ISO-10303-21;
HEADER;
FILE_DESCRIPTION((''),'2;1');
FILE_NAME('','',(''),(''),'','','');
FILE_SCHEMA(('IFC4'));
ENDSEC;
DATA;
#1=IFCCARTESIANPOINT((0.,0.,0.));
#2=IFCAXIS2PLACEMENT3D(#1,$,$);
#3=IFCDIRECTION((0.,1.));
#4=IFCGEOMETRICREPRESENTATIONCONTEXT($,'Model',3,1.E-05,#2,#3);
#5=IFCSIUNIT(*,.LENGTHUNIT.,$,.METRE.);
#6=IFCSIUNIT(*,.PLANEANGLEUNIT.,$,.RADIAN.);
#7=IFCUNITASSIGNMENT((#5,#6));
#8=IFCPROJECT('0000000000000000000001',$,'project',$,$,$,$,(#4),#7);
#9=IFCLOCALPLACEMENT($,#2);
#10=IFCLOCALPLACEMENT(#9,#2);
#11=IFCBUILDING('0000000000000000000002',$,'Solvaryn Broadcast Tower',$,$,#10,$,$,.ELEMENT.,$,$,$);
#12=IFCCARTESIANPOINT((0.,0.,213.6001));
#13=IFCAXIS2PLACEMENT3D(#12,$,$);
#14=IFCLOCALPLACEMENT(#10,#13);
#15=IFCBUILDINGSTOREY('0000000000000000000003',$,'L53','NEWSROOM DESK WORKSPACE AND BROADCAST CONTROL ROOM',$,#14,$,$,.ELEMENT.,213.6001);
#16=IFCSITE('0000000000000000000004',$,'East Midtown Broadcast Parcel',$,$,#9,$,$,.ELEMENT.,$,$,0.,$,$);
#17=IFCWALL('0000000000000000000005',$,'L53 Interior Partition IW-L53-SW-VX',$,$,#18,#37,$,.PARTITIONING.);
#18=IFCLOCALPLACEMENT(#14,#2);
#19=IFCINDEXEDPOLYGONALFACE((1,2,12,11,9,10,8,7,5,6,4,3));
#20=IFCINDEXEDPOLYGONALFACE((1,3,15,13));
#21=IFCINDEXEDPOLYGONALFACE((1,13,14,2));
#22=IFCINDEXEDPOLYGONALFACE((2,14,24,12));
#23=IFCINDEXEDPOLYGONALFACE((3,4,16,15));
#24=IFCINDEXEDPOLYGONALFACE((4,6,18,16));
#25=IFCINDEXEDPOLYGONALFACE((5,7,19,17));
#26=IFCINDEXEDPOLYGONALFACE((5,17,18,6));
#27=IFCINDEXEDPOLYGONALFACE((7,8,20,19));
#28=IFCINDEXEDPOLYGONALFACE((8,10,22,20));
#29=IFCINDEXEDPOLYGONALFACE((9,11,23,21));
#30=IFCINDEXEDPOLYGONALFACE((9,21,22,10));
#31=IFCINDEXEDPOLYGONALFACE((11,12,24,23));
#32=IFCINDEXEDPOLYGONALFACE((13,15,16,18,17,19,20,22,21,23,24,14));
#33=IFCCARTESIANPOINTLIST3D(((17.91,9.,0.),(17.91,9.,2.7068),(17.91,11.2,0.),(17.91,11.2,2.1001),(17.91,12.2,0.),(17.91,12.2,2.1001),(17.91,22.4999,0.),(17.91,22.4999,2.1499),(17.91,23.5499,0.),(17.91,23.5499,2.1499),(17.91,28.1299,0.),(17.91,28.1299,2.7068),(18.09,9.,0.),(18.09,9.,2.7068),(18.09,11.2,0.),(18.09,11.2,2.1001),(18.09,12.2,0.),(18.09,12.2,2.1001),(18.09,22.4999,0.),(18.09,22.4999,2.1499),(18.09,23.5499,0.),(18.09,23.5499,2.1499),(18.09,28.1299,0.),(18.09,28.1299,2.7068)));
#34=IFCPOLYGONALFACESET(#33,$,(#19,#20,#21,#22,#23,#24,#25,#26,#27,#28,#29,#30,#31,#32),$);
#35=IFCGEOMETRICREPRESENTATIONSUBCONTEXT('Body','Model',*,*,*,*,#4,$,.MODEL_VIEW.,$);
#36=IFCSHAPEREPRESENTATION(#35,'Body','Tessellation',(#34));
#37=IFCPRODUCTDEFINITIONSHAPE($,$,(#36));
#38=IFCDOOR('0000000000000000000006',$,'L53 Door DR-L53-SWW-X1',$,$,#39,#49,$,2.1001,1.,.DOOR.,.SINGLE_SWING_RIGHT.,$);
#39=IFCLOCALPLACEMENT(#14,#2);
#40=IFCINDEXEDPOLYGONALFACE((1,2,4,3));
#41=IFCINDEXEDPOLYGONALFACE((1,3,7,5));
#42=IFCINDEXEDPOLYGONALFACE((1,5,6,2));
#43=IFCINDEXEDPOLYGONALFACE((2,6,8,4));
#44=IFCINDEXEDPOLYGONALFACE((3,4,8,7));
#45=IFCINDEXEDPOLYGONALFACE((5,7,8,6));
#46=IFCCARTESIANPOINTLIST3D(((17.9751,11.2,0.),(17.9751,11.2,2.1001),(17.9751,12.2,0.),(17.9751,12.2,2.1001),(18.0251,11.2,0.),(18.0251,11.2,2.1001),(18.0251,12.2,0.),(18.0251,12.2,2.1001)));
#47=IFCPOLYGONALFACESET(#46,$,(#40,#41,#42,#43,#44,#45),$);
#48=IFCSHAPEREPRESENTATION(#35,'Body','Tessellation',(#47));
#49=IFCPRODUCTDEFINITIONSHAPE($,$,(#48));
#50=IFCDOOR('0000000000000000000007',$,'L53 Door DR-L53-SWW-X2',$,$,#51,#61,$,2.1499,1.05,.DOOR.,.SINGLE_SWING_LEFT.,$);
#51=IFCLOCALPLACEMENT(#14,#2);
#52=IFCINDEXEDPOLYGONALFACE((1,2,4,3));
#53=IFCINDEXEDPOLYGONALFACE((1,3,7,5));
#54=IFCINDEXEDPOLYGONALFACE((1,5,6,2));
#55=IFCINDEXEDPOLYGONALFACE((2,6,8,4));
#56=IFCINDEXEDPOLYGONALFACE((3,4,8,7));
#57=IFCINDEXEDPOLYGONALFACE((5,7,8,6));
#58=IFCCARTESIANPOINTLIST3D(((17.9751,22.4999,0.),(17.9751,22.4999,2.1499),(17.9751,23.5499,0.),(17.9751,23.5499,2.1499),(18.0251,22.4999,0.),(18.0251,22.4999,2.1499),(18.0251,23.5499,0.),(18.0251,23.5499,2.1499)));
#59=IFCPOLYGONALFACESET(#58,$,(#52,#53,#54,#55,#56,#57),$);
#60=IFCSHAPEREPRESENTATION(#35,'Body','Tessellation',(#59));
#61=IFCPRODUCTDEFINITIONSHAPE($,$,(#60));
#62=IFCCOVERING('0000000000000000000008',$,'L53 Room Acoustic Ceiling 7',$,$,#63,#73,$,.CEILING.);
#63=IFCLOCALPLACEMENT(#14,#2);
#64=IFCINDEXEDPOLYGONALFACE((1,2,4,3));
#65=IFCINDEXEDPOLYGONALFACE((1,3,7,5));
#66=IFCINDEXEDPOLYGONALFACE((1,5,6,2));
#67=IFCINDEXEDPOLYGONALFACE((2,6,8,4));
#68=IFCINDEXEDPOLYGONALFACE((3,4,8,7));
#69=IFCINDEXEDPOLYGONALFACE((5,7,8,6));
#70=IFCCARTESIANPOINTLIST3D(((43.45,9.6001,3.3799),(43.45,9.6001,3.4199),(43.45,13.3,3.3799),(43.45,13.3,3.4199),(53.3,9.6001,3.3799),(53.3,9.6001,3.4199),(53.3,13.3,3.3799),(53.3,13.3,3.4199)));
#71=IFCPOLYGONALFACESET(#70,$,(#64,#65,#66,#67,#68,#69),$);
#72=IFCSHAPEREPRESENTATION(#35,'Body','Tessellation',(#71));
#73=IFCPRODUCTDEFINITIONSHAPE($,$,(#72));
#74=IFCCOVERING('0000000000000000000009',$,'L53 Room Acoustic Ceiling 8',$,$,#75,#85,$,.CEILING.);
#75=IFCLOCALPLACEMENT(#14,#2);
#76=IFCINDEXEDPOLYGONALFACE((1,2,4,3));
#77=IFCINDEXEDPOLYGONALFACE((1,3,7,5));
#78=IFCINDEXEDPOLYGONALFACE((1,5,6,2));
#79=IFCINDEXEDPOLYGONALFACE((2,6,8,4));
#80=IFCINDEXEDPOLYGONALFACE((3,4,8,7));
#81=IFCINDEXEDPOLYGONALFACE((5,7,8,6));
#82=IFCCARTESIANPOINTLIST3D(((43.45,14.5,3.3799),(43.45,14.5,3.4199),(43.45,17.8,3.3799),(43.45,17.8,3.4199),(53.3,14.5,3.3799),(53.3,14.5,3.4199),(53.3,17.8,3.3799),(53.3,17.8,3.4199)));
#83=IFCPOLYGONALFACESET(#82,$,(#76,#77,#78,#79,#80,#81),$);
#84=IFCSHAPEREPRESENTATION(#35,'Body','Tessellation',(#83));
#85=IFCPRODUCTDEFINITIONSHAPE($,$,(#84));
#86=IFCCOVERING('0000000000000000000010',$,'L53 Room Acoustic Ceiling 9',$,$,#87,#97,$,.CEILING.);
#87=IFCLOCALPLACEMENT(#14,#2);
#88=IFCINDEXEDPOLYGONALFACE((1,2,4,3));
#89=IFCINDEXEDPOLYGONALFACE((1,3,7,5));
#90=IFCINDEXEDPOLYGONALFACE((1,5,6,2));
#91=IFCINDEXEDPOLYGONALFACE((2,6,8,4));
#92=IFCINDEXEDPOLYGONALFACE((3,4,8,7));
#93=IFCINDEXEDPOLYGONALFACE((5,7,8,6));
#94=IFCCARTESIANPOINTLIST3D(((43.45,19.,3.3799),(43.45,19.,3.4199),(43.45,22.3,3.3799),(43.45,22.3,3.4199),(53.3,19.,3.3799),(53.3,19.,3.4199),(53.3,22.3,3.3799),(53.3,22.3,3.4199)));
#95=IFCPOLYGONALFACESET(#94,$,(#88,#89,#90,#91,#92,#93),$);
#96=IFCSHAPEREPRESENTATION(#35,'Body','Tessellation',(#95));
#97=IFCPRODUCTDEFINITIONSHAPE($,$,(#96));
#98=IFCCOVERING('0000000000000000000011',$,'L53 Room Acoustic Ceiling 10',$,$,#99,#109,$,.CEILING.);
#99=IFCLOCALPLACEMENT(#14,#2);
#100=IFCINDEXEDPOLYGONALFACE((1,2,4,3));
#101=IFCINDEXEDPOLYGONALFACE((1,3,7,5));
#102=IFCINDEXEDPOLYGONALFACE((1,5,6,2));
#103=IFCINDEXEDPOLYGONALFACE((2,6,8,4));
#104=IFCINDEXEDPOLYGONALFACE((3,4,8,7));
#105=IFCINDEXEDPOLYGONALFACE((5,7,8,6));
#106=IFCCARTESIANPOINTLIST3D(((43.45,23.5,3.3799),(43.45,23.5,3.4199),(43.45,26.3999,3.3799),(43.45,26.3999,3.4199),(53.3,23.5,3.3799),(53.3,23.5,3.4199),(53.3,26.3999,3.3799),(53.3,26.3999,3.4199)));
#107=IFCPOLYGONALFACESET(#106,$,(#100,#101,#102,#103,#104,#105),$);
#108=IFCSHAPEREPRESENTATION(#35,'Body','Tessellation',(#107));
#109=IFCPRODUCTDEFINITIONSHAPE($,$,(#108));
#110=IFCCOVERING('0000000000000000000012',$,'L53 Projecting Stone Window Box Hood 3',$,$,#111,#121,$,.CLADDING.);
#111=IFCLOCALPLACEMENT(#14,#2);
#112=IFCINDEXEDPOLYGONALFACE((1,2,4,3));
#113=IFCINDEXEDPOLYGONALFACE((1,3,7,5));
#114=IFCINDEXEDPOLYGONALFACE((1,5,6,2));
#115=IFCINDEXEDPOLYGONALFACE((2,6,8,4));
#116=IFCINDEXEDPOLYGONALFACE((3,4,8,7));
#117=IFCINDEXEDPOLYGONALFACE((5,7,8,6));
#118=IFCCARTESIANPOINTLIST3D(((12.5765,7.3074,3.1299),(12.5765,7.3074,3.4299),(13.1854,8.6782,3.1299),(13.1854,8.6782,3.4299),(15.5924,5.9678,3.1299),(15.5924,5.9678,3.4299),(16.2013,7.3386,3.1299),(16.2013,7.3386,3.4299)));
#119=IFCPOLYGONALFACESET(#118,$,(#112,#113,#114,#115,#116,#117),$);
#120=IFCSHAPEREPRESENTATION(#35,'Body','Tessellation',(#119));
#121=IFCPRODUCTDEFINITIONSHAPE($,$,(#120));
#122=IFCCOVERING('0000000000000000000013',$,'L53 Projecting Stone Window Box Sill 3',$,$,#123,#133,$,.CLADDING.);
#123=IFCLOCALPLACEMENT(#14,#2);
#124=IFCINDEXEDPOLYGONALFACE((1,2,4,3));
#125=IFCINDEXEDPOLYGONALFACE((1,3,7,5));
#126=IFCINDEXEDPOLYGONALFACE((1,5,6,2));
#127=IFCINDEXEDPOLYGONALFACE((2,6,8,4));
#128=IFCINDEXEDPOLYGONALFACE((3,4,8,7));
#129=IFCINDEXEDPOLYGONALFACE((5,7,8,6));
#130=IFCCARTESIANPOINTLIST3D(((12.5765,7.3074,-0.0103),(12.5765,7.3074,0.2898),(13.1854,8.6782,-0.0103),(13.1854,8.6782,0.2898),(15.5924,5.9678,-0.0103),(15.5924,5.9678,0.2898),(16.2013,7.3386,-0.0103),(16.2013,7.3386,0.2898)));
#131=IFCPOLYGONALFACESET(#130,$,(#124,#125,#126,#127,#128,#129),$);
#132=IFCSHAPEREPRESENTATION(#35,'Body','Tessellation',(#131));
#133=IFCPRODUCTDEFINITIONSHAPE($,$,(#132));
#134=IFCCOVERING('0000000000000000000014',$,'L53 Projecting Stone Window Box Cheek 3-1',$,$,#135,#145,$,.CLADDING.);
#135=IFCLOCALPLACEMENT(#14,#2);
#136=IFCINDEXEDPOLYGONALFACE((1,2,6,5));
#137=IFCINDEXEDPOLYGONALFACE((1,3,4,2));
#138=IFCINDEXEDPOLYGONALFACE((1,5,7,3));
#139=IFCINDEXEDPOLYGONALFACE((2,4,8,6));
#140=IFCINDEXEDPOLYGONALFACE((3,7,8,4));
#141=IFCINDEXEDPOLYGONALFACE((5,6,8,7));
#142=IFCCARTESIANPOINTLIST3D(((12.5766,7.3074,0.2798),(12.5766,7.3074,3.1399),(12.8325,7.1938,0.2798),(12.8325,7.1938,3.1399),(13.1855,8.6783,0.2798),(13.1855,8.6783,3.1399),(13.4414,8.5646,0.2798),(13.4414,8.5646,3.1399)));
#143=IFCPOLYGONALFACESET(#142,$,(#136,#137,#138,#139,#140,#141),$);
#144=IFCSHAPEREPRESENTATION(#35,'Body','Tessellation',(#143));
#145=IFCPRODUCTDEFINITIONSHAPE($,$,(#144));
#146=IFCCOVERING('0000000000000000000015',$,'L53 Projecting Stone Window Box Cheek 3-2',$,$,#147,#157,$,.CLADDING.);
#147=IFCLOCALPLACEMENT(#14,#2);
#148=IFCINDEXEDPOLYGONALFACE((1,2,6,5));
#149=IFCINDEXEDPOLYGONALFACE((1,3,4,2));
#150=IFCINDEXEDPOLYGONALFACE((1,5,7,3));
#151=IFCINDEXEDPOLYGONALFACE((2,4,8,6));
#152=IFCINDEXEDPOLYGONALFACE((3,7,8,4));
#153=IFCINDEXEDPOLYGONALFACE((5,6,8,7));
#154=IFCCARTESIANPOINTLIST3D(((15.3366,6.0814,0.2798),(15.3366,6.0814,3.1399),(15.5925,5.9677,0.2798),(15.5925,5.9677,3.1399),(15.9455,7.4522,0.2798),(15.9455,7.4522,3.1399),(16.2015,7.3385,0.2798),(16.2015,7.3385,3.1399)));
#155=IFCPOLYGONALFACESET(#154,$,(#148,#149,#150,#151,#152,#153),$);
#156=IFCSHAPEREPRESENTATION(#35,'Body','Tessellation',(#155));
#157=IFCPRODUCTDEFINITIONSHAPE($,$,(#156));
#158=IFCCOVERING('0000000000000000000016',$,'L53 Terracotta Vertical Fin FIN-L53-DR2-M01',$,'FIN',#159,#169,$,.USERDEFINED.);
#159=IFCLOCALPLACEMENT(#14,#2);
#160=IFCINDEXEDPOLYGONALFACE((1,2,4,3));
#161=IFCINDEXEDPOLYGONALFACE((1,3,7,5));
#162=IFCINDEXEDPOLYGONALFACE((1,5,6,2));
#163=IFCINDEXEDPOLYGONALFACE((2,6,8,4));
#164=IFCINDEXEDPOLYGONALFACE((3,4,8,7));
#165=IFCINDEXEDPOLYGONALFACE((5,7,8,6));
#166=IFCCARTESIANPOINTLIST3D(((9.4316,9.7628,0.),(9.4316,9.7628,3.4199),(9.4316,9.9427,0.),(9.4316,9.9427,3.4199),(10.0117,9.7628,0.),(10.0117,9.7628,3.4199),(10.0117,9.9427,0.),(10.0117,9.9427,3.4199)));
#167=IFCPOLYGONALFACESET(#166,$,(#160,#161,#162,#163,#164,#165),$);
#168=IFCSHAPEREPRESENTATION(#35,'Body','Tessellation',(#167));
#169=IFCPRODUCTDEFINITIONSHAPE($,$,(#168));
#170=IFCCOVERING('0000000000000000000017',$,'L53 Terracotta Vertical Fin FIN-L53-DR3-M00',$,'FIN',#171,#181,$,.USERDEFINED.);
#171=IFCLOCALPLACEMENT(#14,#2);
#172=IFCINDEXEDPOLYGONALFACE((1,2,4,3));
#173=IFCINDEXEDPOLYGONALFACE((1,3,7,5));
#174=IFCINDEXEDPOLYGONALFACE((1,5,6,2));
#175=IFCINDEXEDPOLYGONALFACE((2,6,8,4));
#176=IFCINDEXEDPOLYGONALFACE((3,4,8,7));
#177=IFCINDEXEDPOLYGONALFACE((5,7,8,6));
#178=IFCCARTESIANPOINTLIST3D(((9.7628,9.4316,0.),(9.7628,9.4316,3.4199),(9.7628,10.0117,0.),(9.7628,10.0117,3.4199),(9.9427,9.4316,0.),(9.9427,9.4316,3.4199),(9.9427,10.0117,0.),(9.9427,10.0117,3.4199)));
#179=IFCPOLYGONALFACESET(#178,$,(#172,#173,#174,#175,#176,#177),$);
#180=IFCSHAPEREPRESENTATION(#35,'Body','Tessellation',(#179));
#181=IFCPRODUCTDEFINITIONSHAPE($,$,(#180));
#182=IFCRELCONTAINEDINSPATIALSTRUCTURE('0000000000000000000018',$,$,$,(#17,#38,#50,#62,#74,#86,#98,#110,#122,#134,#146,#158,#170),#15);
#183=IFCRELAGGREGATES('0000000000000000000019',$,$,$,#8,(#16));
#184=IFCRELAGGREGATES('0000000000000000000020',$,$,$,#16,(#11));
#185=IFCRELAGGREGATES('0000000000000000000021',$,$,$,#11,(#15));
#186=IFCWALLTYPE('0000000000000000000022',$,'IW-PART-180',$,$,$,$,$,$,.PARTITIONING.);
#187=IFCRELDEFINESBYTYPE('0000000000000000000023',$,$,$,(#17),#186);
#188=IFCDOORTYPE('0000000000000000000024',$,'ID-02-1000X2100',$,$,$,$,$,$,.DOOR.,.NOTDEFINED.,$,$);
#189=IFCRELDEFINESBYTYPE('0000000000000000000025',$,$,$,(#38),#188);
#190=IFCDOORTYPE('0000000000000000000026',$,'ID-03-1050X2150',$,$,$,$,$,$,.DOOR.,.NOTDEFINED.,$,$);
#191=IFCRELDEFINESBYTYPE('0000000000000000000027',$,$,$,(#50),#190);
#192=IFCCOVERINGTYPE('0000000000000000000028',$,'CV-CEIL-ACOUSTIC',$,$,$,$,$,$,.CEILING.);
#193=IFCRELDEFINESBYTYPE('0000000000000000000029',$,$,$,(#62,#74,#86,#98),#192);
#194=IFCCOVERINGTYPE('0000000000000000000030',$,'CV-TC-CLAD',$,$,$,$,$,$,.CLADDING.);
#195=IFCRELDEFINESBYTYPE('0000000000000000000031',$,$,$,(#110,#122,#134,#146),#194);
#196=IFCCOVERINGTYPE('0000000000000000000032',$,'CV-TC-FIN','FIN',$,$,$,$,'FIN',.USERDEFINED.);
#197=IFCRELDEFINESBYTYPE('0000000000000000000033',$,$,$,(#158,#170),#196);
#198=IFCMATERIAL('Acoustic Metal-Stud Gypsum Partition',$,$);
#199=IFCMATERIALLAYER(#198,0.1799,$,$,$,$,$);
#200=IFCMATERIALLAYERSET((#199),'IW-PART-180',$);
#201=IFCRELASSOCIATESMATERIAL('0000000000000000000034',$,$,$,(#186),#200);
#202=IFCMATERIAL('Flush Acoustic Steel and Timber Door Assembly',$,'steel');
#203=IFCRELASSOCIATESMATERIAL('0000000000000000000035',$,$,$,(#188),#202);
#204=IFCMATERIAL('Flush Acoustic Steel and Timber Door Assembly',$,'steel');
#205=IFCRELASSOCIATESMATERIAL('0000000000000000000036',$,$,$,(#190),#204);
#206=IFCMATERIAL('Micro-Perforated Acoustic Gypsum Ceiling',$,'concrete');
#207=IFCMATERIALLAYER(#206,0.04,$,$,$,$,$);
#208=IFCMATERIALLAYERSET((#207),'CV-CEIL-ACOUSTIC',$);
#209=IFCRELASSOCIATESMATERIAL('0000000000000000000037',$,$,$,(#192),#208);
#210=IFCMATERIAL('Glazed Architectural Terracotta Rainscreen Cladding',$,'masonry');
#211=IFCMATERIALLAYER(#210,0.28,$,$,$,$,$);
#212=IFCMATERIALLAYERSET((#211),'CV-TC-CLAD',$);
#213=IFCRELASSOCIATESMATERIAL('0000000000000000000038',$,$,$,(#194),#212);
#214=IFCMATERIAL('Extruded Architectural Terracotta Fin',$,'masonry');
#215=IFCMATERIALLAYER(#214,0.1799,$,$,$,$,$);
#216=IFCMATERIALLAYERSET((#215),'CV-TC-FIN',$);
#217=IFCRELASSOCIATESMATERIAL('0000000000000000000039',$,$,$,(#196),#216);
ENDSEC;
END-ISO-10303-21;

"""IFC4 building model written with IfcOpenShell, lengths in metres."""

from ifc_helpers import new_model, si_unit, direction, frame, frame_2d, origin, origin_2d, place, context, subcontext, project, spatial, polyline, rectangle, outline, extrude, material, layer, layer_set, type_object, element, fill, save


model = new_model("IFC4")

# Units and contexts
model_context = context("Model", 3, precision=1e-05, world=origin(), true_north=direction((0.0, 1.0)))
body_context = subcontext(model_context, "Body", "Model", "MODEL_VIEW")
ifc_project = project(units=[si_unit("LENGTHUNIT", "METRE"), si_unit("PLANEANGLEUNIT", "RADIAN")], contexts=[model_context])

# Site, building, storey
site_placement = place(None, origin())
site = spatial("IfcSite", under=ifc_project, at=site_placement, Name="East Midtown Broadcast Parcel", CompositionType="ELEMENT", RefElevation=0.0)
building_placement = place(site_placement, origin())
building = spatial("IfcBuilding", under=site, at=building_placement, Name="Solvaryn Broadcast Tower", CompositionType="ELEMENT")
storey_placement = place(building_placement, frame((0.0, 0.0, 213.6001)))
storey = spatial("IfcBuildingStorey", under=building, at=storey_placement, Name="L53", Description="NEWSROOM DESK WORKSPACE AND BROADCAST CONTROL ROOM", CompositionType="ELEMENT", Elevation=213.6001)

# Wall, openings, doors
ifc_material_1 = material(Name="Acoustic Metal-Stud Gypsum Partition")
ifc_layer_1 = layer(ifc_material_1, 0.1799)
ifc_layer_set_1 = layer_set([ifc_layer_1], Name="IW-PART-180")
wall_type = type_object("IfcWallType", Name="IW-PART-180", PredefinedType="PARTITIONING", material=ifc_layer_set_1)
wall_placement = place(storey_placement, frame((18.0, 9.0, 0.0), z_axis=(0.0, 0.0, 1.0), x_axis=(0.0, 1.0, 0.0)))
wall = element("IfcWall", 1, at=wall_placement, inside=storey, type_object=wall_type, Name="L53 Interior Partition IW-L53-SW-VX", PredefinedType="PARTITIONING", context=body_context, shape_type="SweptSolid", body=[
    extrude(rectangle(XDim=19.1299, YDim=0.1799, at=frame_2d((9.5649, 0.0))), origin(), (0.0, 0.0, 1.0), 2.7068),
])
opening_1_placement = place(wall_placement, frame((2.2, 0.0, 0.0)))
opening_1 = element("IfcOpeningElement", 2, at=opening_1_placement, cuts=wall, PredefinedType="OPENING", context=body_context, shape_type="SweptSolid", body=[
    extrude(rectangle(XDim=1.0, YDim=2.1001, at=frame_2d((0.5, 1.05))), frame((0.0, 0.0999, 0.0), z_axis=(0.0, -1.0, 0.0), x_axis=(1.0, 0.0, 0.0)), (0.0, 0.0, 1.0), 0.2),
])
opening_2_placement = place(wall_placement, frame((13.5, 0.0, 0.0)))
opening_2 = element("IfcOpeningElement", 3, at=opening_2_placement, cuts=wall, PredefinedType="OPENING", context=body_context, shape_type="SweptSolid", body=[
    extrude(rectangle(XDim=1.05, YDim=2.1499, at=frame_2d((0.5249, 1.075))), frame((0.0, 0.0999, 0.0), z_axis=(0.0, -1.0, 0.0), x_axis=(1.0, 0.0, 0.0)), (0.0, 0.0, 1.0), 0.2),
])
ifc_material_2 = material(Name="Flush Acoustic Steel and Timber Door Assembly", Category="steel")
door_type_1 = type_object("IfcDoorType", Name="ID-02-1000X2100", OperationType="NOTDEFINED", PredefinedType="DOOR", material=ifc_material_2)
door_1_placement = place(opening_1_placement, origin())
door_1 = element("IfcDoor", 4, at=door_1_placement, inside=storey, type_object=door_type_1, Name="L53 Door DR-L53-SWW-X1", OperationType="SINGLE_SWING_RIGHT", OverallHeight=2.1001, OverallWidth=1.0, PredefinedType="DOOR", context=body_context, shape_type="SweptSolid", body=[
    extrude(rectangle(XDim=1.0, YDim=2.1001, at=frame_2d((0.5, 1.05))), frame((0.0, 0.0249, 0.0), z_axis=(0.0, -1.0, 0.0), x_axis=(1.0, 0.0, 0.0)), (0.0, 0.0, 1.0), 0.05),
])
fill(opening_1, door_1)
ifc_material_3 = material(Name="Flush Acoustic Steel and Timber Door Assembly", Category="steel")
door_type_2 = type_object("IfcDoorType", Name="ID-03-1050X2150", OperationType="NOTDEFINED", PredefinedType="DOOR", material=ifc_material_3)
door_2_placement = place(opening_2_placement, origin())
door_2 = element("IfcDoor", 5, at=door_2_placement, inside=storey, type_object=door_type_2, Name="L53 Door DR-L53-SWW-X2", OperationType="SINGLE_SWING_LEFT", OverallHeight=2.1499, OverallWidth=1.05, PredefinedType="DOOR", context=body_context, shape_type="SweptSolid", body=[
    extrude(rectangle(XDim=1.05, YDim=2.1499, at=frame_2d((0.5249, 1.075))), frame((0.0, 0.0249, 0.0), z_axis=(0.0, -1.0, 0.0), x_axis=(1.0, 0.0, 0.0)), (0.0, 0.0, 1.0), 0.05),
])
fill(opening_2, door_2)

# Coverings
ifc_material_4 = material(Name="Micro-Perforated Acoustic Gypsum Ceiling", Category="concrete")
ifc_layer_2 = layer(ifc_material_4, 0.04)
ifc_layer_set_2 = layer_set([ifc_layer_2], Name="CV-CEIL-ACOUSTIC")
covering_type_1 = type_object("IfcCoveringType", Name="CV-CEIL-ACOUSTIC", PredefinedType="CEILING", material=ifc_layer_set_2)
covering_1_placement = place(storey_placement, frame((0.0, 0.0, 3.3799)))
element("IfcCovering", 6, at=covering_1_placement, inside=storey, type_object=covering_type_1, Name="L53 Room Acoustic Ceiling 7", PredefinedType="CEILING", context=body_context, shape_type="SweptSolid", body=[
    extrude(outline(polyline([(43.45, 9.6001), (53.3, 9.6001), (53.3, 13.3), (43.45, 13.3), (43.45, 9.6001)])), origin(), (0.0, 0.0, 1.0), 0.04),
])
covering_2_placement = place(storey_placement, frame((0.0, 0.0, 3.3799)))
element("IfcCovering", 7, at=covering_2_placement, inside=storey, type_object=covering_type_1, Name="L53 Room Acoustic Ceiling 8", PredefinedType="CEILING", context=body_context, shape_type="SweptSolid", body=[
    extrude(outline(polyline([(43.45, 14.5), (53.3, 14.5), (53.3, 17.8), (43.45, 17.8), (43.45, 14.5)])), origin(), (0.0, 0.0, 1.0), 0.04),
])
covering_3_placement = place(storey_placement, frame((0.0, 0.0, 3.3799)))
element("IfcCovering", 8, at=covering_3_placement, inside=storey, type_object=covering_type_1, Name="L53 Room Acoustic Ceiling 9", PredefinedType="CEILING", context=body_context, shape_type="SweptSolid", body=[
    extrude(outline(polyline([(43.45, 19.0), (53.3, 19.0), (53.3, 22.3), (43.45, 22.3), (43.45, 19.0)])), origin(), (0.0, 0.0, 1.0), 0.04),
])
covering_4_placement = place(storey_placement, frame((0.0, 0.0, 3.3799)))
element("IfcCovering", 9, at=covering_4_placement, inside=storey, type_object=covering_type_1, Name="L53 Room Acoustic Ceiling 10", PredefinedType="CEILING", context=body_context, shape_type="SweptSolid", body=[
    extrude(outline(polyline([(43.45, 23.5), (53.3, 23.5), (53.3, 26.3999), (43.45, 26.3999), (43.45, 23.5)])), origin(), (0.0, 0.0, 1.0), 0.04),
])
ifc_material_5 = material(Name="Glazed Architectural Terracotta Rainscreen Cladding", Category="masonry")
ifc_layer_3 = layer(ifc_material_5, 0.28)
ifc_layer_set_3 = layer_set([ifc_layer_3], Name="CV-TC-CLAD")
covering_type_2 = type_object("IfcCoveringType", Name="CV-TC-CLAD", PredefinedType="CLADDING", material=ifc_layer_set_3)
for number, where, z_axis, x_axis, name in (
    (10, (14.3889, 7.323, 3.1299), (0.0, 0.0, 1.0), (0.9139, -0.405939, 0.0), "L53 Projecting Stone Window Box Hood 3"),
    (11, (14.3889, 7.323, -0.0103), (0.0, 0.0, 1.0), (0.9139, -0.405939, 0.0), "L53 Projecting Stone Window Box Sill 3"),
):
    element("IfcCovering", number, at=place(storey_placement, frame(where, z_axis=z_axis, x_axis=x_axis)), inside=storey, type_object=covering_type_2, Name=name, PredefinedType="CLADDING", context=body_context, shape_type="SweptSolid", body=[
        extrude(rectangle(XDim=3.3, YDim=1.5, at=origin_2d()), origin(), (0.0, 0.0, 1.0), 0.3),
    ])
for number, where, z_axis, x_axis, name in (
    (12, (13.009, 7.936, 0.2798), (0.0, 0.0, 1.0), (0.9139, -0.405939, 0.0), "L53 Projecting Stone Window Box Cheek 3-1"),
    (13, (15.769, 6.71, 0.2798), (0.0, 0.0, 1.0), (0.9139, -0.405939, 0.0), "L53 Projecting Stone Window Box Cheek 3-2"),
):
    element("IfcCovering", number, at=place(storey_placement, frame(where, z_axis=z_axis, x_axis=x_axis)), inside=storey, type_object=covering_type_2, Name=name, PredefinedType="CLADDING", context=body_context, shape_type="SweptSolid", body=[
        extrude(rectangle(XDim=0.28, YDim=1.5, at=origin_2d()), origin(), (0.0, 0.0, 1.0), 2.8601),
    ])
ifc_material_6 = material(Name="Extruded Architectural Terracotta Fin", Category="masonry")
ifc_layer_4 = layer(ifc_material_6, 0.1799)
ifc_layer_set_4 = layer_set([ifc_layer_4], Name="CV-TC-FIN")
covering_type_3 = type_object("IfcCoveringType", Name="CV-TC-FIN", Description="FIN", ElementType="FIN", PredefinedType="USERDEFINED", material=ifc_layer_set_4)
covering_5_placement = place(storey_placement, frame((9.7217, 9.8528, 0.0), z_axis=(0.0, 0.0, 1.0), x_axis=(1.0, 0.0, 0.0)))
element("IfcCovering", 14, at=covering_5_placement, inside=storey, type_object=covering_type_3, Name="L53 Terracotta Vertical Fin FIN-L53-DR2-M01", ObjectType="FIN", PredefinedType="USERDEFINED", context=body_context, shape_type="SweptSolid", body=[
    extrude(rectangle(XDim=0.5801, YDim=0.1799, at=origin_2d()), origin(), (0.0, 0.0, 1.0), 3.4199),
])
covering_6_placement = place(storey_placement, frame((9.8528, 9.7217, 0.0), z_axis=(0.0, 0.0, 1.0), x_axis=(1.0, 0.0, 0.0)))
element("IfcCovering", 15, at=covering_6_placement, inside=storey, type_object=covering_type_3, Name="L53 Terracotta Vertical Fin FIN-L53-DR3-M00", ObjectType="FIN", PredefinedType="USERDEFINED", context=body_context, shape_type="SweptSolid", body=[
    extrude(rectangle(XDim=0.1799, YDim=0.5801, at=origin_2d()), origin(), (0.0, 0.0, 1.0), 3.4199),
])

save(model, "model.ifc")
